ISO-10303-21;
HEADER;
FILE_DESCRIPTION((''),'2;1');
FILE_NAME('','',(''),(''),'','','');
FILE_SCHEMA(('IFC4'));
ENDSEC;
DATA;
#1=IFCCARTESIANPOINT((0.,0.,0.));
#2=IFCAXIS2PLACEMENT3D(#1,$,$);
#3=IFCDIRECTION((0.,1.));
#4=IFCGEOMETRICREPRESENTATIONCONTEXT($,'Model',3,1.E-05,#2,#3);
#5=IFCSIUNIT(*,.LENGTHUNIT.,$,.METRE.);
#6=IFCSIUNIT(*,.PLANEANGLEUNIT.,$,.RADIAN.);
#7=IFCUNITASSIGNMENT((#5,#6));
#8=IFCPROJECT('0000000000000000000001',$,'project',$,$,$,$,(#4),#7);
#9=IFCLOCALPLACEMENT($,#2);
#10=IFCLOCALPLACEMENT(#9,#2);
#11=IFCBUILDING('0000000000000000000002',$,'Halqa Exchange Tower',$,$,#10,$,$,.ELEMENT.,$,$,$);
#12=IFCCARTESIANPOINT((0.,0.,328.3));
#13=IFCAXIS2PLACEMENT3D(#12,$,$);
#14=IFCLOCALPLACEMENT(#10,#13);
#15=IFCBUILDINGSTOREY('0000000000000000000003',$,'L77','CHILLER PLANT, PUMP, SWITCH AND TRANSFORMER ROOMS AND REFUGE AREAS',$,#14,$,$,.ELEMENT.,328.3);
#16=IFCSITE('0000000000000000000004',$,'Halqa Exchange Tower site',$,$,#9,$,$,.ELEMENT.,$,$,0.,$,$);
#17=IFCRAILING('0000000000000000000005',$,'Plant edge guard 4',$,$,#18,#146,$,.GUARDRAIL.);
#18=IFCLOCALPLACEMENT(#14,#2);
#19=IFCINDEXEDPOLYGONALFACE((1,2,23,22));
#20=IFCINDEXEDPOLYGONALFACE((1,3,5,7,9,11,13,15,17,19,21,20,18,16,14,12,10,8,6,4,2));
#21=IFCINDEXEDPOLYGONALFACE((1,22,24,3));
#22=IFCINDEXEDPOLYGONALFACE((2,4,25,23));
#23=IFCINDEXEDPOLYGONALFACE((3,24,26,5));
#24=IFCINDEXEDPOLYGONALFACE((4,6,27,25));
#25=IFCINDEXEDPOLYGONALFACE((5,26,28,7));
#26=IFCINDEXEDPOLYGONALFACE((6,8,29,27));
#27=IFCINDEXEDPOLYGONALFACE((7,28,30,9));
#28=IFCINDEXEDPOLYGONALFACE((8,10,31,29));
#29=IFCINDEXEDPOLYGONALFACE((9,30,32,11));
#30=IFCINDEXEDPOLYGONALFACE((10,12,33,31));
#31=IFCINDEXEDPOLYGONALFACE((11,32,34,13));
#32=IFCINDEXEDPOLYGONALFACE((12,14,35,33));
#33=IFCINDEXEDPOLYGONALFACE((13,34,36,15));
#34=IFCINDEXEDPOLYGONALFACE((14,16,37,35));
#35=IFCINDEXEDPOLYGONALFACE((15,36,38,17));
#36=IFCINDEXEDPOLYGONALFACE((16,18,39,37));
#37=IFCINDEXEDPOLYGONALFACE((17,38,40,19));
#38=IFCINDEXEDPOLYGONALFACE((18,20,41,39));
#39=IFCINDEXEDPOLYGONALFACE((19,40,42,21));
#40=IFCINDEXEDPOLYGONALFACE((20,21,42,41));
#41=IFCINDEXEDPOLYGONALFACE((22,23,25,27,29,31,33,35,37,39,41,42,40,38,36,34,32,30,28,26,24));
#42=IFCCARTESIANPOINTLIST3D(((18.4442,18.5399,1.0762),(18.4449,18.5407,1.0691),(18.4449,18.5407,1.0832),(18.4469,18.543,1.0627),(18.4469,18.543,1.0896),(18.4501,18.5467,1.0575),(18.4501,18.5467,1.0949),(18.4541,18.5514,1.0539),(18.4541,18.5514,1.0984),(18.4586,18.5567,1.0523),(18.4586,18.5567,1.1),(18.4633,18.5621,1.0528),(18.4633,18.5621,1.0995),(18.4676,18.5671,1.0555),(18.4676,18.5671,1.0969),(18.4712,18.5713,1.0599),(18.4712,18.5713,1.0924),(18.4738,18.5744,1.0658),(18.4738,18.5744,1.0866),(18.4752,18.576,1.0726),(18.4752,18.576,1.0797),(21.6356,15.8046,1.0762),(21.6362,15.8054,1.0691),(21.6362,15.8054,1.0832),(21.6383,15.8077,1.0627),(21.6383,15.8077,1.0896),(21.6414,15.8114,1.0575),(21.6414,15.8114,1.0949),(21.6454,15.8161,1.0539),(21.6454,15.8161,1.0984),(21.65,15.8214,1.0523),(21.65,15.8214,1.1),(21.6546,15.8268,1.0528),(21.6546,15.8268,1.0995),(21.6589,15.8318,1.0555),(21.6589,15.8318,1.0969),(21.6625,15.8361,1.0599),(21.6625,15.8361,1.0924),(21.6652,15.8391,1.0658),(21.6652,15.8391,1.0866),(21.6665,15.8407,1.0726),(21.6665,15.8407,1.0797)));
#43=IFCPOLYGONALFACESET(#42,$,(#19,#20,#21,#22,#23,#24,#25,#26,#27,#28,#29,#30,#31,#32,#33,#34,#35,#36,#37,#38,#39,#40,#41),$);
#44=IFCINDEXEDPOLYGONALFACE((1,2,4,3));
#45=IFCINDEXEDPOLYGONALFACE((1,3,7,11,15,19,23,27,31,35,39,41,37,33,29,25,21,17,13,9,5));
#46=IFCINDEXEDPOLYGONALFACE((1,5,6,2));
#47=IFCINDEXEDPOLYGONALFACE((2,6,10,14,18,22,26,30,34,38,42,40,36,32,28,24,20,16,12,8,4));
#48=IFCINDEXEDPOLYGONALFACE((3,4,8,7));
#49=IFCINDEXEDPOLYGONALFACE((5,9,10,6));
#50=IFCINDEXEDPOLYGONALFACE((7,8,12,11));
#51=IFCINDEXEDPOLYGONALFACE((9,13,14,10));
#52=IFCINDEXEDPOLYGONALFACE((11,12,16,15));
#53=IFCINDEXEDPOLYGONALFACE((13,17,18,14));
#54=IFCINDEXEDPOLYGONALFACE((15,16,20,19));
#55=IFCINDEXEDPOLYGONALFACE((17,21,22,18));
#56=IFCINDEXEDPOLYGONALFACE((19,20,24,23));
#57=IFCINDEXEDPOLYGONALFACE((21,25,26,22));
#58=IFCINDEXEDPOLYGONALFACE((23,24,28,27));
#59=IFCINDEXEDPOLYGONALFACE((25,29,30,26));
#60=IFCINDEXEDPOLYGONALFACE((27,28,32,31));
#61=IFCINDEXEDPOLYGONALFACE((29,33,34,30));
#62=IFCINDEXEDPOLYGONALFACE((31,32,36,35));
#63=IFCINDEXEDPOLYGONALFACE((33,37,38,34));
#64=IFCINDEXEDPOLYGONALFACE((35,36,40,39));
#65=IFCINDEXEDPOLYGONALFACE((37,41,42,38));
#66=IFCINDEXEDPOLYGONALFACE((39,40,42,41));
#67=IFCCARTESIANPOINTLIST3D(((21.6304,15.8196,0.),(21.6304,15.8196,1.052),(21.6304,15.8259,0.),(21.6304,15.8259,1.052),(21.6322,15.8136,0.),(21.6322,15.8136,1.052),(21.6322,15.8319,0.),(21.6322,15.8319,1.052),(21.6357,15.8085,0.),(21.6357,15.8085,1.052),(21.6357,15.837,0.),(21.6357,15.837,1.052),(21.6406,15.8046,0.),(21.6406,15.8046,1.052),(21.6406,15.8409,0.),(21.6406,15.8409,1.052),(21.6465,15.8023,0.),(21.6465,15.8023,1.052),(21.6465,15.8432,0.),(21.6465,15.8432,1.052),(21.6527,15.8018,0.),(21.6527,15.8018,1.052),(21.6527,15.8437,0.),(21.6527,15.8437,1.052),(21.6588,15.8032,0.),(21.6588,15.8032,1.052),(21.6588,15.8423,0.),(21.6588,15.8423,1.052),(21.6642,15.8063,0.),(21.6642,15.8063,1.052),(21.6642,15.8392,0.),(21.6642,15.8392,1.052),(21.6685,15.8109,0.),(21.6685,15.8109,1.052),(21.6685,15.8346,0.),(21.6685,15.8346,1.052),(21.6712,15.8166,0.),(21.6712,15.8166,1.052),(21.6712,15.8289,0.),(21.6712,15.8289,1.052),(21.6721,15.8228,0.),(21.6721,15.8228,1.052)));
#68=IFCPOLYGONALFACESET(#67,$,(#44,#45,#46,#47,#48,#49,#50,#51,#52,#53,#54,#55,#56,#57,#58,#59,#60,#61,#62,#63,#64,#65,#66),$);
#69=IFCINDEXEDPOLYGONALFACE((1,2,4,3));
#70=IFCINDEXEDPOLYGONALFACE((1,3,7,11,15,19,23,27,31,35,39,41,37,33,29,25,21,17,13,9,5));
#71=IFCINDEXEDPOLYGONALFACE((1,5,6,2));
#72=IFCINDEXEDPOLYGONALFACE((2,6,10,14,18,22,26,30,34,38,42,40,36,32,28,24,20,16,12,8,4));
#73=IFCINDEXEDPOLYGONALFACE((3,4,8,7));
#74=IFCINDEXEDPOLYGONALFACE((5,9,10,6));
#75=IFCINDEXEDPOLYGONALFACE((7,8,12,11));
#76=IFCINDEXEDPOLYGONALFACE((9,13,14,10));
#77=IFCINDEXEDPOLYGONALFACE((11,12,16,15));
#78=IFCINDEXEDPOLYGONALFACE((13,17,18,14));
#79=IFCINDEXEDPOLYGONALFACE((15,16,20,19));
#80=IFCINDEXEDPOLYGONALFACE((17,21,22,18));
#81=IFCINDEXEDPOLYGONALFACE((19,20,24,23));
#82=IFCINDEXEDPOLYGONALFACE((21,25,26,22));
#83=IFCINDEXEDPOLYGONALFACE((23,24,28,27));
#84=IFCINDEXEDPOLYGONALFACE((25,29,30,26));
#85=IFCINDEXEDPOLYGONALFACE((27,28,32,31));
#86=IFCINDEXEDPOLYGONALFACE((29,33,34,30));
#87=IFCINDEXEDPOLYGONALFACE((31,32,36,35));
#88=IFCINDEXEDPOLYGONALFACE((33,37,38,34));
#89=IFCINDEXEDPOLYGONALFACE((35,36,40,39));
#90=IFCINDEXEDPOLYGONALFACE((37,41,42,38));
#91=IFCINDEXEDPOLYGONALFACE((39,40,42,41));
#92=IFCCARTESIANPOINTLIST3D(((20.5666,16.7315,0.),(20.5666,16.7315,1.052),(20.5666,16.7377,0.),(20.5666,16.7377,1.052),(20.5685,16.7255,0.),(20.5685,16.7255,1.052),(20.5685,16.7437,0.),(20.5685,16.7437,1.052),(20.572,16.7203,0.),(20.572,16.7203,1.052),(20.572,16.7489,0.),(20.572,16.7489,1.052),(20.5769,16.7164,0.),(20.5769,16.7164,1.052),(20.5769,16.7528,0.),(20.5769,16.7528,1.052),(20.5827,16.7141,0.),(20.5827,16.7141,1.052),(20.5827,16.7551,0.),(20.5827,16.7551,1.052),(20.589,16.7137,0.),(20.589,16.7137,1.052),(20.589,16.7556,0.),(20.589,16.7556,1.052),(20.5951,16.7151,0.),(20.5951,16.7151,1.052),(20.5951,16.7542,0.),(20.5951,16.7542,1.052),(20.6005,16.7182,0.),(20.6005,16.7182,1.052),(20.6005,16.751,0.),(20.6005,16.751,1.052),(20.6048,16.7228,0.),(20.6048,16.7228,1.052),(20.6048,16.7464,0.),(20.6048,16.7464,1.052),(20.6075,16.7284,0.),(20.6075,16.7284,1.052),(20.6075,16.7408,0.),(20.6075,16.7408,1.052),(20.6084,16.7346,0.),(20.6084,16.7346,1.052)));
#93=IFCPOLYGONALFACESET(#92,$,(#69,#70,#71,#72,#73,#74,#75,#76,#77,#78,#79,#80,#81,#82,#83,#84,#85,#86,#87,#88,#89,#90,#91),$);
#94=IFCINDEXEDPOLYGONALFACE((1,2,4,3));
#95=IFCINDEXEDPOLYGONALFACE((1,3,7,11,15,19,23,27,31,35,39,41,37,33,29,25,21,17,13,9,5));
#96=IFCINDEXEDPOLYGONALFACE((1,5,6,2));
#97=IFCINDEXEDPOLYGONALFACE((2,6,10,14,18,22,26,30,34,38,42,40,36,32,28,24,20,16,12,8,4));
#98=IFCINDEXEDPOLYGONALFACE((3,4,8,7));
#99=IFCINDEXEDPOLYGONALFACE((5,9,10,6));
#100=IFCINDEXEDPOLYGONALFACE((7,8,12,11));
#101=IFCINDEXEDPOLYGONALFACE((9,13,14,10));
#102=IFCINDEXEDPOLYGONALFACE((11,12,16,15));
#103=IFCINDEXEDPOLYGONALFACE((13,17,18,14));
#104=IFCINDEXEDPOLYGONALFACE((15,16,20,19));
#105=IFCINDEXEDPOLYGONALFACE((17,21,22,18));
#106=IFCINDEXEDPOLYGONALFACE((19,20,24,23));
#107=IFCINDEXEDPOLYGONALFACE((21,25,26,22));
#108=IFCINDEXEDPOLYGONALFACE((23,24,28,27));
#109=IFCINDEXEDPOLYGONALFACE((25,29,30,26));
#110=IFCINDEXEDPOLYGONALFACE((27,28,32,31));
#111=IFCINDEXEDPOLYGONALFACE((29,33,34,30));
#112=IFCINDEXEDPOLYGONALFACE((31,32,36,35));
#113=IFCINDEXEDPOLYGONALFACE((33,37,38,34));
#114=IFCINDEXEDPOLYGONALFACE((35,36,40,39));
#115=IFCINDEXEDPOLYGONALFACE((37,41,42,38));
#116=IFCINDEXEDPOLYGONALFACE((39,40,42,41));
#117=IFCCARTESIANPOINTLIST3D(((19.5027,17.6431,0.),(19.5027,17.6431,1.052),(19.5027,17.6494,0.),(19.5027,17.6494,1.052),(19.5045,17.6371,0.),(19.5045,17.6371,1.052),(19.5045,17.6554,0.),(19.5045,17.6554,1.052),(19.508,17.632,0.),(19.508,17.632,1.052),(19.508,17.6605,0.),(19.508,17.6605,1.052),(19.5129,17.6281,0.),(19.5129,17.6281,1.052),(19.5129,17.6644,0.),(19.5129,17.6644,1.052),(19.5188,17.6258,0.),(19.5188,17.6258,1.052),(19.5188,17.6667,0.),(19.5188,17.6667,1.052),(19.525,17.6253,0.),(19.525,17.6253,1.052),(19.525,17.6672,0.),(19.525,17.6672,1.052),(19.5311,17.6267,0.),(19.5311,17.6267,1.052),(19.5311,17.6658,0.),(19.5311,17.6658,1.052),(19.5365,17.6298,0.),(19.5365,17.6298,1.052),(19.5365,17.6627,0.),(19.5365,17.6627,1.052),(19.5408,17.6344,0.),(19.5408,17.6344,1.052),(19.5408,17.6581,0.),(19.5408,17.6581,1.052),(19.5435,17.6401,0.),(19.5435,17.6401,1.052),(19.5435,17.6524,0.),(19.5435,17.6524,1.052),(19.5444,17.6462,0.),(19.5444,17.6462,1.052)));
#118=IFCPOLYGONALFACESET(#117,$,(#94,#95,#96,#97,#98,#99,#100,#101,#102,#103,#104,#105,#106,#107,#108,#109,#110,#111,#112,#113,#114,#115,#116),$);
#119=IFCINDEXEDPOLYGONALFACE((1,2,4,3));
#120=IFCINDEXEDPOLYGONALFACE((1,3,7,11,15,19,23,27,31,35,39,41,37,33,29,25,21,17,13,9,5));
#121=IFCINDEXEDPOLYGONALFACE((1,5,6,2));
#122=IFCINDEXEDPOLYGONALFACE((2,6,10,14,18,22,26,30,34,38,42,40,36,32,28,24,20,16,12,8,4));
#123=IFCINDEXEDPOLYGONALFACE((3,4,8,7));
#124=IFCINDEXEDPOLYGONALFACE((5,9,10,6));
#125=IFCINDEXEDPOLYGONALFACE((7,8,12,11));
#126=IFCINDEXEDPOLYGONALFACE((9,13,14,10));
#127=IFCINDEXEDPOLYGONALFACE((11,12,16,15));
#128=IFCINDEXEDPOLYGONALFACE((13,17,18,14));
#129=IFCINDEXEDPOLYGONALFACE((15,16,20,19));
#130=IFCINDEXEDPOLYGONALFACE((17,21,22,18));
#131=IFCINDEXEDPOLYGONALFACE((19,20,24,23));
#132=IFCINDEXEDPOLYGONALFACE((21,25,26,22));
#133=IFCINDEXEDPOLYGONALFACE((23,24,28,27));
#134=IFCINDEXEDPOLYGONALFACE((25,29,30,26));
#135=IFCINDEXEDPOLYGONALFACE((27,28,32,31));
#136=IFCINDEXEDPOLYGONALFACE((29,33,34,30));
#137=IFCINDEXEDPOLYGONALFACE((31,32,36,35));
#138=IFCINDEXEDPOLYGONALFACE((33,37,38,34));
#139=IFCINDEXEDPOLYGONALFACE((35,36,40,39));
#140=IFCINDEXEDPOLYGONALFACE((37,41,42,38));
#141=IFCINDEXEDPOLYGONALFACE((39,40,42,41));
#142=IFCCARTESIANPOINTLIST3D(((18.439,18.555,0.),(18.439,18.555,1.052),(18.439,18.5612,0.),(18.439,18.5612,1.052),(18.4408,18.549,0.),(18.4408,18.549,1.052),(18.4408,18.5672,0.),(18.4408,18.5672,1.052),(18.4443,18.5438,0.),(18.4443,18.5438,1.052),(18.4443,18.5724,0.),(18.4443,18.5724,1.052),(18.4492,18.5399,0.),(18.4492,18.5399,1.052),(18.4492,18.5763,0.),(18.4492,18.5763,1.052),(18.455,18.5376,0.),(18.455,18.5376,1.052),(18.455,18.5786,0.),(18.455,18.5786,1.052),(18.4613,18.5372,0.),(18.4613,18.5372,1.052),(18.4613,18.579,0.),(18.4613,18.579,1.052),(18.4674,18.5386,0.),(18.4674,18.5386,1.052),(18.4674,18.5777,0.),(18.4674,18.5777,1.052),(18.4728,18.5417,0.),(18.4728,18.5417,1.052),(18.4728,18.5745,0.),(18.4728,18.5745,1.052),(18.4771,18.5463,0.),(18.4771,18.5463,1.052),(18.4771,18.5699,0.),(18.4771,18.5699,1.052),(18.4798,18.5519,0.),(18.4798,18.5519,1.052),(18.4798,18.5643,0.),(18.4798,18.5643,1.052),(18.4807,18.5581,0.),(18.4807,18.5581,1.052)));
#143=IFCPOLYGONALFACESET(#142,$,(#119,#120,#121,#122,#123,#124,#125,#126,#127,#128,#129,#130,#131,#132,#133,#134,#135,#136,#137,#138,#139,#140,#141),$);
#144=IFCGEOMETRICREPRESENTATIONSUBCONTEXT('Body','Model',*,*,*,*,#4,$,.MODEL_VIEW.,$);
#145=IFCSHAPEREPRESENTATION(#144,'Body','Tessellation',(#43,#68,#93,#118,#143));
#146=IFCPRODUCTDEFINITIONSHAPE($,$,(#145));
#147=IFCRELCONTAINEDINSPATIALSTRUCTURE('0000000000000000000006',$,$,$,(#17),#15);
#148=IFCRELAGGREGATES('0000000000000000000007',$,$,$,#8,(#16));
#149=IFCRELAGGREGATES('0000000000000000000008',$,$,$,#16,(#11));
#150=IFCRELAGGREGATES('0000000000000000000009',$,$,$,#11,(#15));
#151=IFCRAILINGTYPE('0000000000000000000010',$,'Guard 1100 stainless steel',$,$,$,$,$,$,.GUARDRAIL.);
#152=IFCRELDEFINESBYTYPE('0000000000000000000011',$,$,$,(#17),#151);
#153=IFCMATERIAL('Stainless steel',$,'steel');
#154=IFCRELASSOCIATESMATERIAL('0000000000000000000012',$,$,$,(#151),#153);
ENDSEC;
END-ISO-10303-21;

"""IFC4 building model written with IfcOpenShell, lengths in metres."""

from ifc_helpers import new_model, si_unit, direction, frame, origin, origin_2d, place, context, subcontext, project, spatial, circle, extrude, material, type_object, element, save


model = new_model("IFC4")

# Units and contexts
model_context = context("Model", 3, precision=1e-05, world=origin(), true_north=direction((0.0, 1.0)))
body_context = subcontext(model_context, "Body", "Model", "MODEL_VIEW")
ifc_project = project(units=[si_unit("LENGTHUNIT", "METRE"), si_unit("PLANEANGLEUNIT", "RADIAN")], contexts=[model_context])

# Site, building, storey
site_placement = place(None, origin())
site = spatial("IfcSite", under=ifc_project, at=site_placement, Name="Halqa Exchange Tower site", CompositionType="ELEMENT", RefElevation=0.0)
building_placement = place(site_placement, origin())
building = spatial("IfcBuilding", under=site, at=building_placement, Name="Halqa Exchange Tower", CompositionType="ELEMENT")
storey_placement = place(building_placement, frame((0.0, 0.0, 328.3)))
storey = spatial("IfcBuildingStorey", under=building, at=storey_placement, Name="L77", Description="CHILLER PLANT, PUMP, SWITCH AND TRANSFORMER ROOMS AND REFUGE AREAS", CompositionType="ELEMENT", Elevation=328.3)

# Railing
ifc_material_1 = material(Name="Stainless steel", Category="steel")
railing_type = type_object("IfcRailingType", Name="Guard 1100 stainless steel", PredefinedType="GUARDRAIL", material=ifc_material_1)
railing_1_placement = place(storey_placement, frame((21.6511, 15.8228, 0.0)))
element("IfcRailing", 1, at=railing_1_placement, inside=storey, type_object=railing_type, Name="Plant edge guard 4", PredefinedType="GUARDRAIL", context=body_context, shape_type="SweptSolid", body=[
    extrude(circle(Radius=0.0239, at=origin_2d()), frame((0.0, 0.0, 1.0762), z_axis=(-0.759273, 0.650772, 0.0), x_axis=(-0.650772, -0.759273, 0.0)), (0.0, 0.0, 1.0), 4.2031),
    extrude(circle(Radius=0.021, at=origin_2d()), origin(), (0.0, 0.0, 1.0), 1.052),
    extrude(circle(Radius=0.021, at=origin_2d()), frame((-1.0637, 0.9119, 0.0)), (0.0, 0.0, 1.0), 1.052),
    extrude(circle(Radius=0.021, at=origin_2d()), frame((-2.1277, 1.8235, 0.0)), (0.0, 0.0, 1.0), 1.052),
    extrude(circle(Radius=0.021, at=origin_2d()), frame((-3.1914, 2.7354, 0.0)), (0.0, 0.0, 1.0), 1.052),
])

save(model, "model.ifc")
